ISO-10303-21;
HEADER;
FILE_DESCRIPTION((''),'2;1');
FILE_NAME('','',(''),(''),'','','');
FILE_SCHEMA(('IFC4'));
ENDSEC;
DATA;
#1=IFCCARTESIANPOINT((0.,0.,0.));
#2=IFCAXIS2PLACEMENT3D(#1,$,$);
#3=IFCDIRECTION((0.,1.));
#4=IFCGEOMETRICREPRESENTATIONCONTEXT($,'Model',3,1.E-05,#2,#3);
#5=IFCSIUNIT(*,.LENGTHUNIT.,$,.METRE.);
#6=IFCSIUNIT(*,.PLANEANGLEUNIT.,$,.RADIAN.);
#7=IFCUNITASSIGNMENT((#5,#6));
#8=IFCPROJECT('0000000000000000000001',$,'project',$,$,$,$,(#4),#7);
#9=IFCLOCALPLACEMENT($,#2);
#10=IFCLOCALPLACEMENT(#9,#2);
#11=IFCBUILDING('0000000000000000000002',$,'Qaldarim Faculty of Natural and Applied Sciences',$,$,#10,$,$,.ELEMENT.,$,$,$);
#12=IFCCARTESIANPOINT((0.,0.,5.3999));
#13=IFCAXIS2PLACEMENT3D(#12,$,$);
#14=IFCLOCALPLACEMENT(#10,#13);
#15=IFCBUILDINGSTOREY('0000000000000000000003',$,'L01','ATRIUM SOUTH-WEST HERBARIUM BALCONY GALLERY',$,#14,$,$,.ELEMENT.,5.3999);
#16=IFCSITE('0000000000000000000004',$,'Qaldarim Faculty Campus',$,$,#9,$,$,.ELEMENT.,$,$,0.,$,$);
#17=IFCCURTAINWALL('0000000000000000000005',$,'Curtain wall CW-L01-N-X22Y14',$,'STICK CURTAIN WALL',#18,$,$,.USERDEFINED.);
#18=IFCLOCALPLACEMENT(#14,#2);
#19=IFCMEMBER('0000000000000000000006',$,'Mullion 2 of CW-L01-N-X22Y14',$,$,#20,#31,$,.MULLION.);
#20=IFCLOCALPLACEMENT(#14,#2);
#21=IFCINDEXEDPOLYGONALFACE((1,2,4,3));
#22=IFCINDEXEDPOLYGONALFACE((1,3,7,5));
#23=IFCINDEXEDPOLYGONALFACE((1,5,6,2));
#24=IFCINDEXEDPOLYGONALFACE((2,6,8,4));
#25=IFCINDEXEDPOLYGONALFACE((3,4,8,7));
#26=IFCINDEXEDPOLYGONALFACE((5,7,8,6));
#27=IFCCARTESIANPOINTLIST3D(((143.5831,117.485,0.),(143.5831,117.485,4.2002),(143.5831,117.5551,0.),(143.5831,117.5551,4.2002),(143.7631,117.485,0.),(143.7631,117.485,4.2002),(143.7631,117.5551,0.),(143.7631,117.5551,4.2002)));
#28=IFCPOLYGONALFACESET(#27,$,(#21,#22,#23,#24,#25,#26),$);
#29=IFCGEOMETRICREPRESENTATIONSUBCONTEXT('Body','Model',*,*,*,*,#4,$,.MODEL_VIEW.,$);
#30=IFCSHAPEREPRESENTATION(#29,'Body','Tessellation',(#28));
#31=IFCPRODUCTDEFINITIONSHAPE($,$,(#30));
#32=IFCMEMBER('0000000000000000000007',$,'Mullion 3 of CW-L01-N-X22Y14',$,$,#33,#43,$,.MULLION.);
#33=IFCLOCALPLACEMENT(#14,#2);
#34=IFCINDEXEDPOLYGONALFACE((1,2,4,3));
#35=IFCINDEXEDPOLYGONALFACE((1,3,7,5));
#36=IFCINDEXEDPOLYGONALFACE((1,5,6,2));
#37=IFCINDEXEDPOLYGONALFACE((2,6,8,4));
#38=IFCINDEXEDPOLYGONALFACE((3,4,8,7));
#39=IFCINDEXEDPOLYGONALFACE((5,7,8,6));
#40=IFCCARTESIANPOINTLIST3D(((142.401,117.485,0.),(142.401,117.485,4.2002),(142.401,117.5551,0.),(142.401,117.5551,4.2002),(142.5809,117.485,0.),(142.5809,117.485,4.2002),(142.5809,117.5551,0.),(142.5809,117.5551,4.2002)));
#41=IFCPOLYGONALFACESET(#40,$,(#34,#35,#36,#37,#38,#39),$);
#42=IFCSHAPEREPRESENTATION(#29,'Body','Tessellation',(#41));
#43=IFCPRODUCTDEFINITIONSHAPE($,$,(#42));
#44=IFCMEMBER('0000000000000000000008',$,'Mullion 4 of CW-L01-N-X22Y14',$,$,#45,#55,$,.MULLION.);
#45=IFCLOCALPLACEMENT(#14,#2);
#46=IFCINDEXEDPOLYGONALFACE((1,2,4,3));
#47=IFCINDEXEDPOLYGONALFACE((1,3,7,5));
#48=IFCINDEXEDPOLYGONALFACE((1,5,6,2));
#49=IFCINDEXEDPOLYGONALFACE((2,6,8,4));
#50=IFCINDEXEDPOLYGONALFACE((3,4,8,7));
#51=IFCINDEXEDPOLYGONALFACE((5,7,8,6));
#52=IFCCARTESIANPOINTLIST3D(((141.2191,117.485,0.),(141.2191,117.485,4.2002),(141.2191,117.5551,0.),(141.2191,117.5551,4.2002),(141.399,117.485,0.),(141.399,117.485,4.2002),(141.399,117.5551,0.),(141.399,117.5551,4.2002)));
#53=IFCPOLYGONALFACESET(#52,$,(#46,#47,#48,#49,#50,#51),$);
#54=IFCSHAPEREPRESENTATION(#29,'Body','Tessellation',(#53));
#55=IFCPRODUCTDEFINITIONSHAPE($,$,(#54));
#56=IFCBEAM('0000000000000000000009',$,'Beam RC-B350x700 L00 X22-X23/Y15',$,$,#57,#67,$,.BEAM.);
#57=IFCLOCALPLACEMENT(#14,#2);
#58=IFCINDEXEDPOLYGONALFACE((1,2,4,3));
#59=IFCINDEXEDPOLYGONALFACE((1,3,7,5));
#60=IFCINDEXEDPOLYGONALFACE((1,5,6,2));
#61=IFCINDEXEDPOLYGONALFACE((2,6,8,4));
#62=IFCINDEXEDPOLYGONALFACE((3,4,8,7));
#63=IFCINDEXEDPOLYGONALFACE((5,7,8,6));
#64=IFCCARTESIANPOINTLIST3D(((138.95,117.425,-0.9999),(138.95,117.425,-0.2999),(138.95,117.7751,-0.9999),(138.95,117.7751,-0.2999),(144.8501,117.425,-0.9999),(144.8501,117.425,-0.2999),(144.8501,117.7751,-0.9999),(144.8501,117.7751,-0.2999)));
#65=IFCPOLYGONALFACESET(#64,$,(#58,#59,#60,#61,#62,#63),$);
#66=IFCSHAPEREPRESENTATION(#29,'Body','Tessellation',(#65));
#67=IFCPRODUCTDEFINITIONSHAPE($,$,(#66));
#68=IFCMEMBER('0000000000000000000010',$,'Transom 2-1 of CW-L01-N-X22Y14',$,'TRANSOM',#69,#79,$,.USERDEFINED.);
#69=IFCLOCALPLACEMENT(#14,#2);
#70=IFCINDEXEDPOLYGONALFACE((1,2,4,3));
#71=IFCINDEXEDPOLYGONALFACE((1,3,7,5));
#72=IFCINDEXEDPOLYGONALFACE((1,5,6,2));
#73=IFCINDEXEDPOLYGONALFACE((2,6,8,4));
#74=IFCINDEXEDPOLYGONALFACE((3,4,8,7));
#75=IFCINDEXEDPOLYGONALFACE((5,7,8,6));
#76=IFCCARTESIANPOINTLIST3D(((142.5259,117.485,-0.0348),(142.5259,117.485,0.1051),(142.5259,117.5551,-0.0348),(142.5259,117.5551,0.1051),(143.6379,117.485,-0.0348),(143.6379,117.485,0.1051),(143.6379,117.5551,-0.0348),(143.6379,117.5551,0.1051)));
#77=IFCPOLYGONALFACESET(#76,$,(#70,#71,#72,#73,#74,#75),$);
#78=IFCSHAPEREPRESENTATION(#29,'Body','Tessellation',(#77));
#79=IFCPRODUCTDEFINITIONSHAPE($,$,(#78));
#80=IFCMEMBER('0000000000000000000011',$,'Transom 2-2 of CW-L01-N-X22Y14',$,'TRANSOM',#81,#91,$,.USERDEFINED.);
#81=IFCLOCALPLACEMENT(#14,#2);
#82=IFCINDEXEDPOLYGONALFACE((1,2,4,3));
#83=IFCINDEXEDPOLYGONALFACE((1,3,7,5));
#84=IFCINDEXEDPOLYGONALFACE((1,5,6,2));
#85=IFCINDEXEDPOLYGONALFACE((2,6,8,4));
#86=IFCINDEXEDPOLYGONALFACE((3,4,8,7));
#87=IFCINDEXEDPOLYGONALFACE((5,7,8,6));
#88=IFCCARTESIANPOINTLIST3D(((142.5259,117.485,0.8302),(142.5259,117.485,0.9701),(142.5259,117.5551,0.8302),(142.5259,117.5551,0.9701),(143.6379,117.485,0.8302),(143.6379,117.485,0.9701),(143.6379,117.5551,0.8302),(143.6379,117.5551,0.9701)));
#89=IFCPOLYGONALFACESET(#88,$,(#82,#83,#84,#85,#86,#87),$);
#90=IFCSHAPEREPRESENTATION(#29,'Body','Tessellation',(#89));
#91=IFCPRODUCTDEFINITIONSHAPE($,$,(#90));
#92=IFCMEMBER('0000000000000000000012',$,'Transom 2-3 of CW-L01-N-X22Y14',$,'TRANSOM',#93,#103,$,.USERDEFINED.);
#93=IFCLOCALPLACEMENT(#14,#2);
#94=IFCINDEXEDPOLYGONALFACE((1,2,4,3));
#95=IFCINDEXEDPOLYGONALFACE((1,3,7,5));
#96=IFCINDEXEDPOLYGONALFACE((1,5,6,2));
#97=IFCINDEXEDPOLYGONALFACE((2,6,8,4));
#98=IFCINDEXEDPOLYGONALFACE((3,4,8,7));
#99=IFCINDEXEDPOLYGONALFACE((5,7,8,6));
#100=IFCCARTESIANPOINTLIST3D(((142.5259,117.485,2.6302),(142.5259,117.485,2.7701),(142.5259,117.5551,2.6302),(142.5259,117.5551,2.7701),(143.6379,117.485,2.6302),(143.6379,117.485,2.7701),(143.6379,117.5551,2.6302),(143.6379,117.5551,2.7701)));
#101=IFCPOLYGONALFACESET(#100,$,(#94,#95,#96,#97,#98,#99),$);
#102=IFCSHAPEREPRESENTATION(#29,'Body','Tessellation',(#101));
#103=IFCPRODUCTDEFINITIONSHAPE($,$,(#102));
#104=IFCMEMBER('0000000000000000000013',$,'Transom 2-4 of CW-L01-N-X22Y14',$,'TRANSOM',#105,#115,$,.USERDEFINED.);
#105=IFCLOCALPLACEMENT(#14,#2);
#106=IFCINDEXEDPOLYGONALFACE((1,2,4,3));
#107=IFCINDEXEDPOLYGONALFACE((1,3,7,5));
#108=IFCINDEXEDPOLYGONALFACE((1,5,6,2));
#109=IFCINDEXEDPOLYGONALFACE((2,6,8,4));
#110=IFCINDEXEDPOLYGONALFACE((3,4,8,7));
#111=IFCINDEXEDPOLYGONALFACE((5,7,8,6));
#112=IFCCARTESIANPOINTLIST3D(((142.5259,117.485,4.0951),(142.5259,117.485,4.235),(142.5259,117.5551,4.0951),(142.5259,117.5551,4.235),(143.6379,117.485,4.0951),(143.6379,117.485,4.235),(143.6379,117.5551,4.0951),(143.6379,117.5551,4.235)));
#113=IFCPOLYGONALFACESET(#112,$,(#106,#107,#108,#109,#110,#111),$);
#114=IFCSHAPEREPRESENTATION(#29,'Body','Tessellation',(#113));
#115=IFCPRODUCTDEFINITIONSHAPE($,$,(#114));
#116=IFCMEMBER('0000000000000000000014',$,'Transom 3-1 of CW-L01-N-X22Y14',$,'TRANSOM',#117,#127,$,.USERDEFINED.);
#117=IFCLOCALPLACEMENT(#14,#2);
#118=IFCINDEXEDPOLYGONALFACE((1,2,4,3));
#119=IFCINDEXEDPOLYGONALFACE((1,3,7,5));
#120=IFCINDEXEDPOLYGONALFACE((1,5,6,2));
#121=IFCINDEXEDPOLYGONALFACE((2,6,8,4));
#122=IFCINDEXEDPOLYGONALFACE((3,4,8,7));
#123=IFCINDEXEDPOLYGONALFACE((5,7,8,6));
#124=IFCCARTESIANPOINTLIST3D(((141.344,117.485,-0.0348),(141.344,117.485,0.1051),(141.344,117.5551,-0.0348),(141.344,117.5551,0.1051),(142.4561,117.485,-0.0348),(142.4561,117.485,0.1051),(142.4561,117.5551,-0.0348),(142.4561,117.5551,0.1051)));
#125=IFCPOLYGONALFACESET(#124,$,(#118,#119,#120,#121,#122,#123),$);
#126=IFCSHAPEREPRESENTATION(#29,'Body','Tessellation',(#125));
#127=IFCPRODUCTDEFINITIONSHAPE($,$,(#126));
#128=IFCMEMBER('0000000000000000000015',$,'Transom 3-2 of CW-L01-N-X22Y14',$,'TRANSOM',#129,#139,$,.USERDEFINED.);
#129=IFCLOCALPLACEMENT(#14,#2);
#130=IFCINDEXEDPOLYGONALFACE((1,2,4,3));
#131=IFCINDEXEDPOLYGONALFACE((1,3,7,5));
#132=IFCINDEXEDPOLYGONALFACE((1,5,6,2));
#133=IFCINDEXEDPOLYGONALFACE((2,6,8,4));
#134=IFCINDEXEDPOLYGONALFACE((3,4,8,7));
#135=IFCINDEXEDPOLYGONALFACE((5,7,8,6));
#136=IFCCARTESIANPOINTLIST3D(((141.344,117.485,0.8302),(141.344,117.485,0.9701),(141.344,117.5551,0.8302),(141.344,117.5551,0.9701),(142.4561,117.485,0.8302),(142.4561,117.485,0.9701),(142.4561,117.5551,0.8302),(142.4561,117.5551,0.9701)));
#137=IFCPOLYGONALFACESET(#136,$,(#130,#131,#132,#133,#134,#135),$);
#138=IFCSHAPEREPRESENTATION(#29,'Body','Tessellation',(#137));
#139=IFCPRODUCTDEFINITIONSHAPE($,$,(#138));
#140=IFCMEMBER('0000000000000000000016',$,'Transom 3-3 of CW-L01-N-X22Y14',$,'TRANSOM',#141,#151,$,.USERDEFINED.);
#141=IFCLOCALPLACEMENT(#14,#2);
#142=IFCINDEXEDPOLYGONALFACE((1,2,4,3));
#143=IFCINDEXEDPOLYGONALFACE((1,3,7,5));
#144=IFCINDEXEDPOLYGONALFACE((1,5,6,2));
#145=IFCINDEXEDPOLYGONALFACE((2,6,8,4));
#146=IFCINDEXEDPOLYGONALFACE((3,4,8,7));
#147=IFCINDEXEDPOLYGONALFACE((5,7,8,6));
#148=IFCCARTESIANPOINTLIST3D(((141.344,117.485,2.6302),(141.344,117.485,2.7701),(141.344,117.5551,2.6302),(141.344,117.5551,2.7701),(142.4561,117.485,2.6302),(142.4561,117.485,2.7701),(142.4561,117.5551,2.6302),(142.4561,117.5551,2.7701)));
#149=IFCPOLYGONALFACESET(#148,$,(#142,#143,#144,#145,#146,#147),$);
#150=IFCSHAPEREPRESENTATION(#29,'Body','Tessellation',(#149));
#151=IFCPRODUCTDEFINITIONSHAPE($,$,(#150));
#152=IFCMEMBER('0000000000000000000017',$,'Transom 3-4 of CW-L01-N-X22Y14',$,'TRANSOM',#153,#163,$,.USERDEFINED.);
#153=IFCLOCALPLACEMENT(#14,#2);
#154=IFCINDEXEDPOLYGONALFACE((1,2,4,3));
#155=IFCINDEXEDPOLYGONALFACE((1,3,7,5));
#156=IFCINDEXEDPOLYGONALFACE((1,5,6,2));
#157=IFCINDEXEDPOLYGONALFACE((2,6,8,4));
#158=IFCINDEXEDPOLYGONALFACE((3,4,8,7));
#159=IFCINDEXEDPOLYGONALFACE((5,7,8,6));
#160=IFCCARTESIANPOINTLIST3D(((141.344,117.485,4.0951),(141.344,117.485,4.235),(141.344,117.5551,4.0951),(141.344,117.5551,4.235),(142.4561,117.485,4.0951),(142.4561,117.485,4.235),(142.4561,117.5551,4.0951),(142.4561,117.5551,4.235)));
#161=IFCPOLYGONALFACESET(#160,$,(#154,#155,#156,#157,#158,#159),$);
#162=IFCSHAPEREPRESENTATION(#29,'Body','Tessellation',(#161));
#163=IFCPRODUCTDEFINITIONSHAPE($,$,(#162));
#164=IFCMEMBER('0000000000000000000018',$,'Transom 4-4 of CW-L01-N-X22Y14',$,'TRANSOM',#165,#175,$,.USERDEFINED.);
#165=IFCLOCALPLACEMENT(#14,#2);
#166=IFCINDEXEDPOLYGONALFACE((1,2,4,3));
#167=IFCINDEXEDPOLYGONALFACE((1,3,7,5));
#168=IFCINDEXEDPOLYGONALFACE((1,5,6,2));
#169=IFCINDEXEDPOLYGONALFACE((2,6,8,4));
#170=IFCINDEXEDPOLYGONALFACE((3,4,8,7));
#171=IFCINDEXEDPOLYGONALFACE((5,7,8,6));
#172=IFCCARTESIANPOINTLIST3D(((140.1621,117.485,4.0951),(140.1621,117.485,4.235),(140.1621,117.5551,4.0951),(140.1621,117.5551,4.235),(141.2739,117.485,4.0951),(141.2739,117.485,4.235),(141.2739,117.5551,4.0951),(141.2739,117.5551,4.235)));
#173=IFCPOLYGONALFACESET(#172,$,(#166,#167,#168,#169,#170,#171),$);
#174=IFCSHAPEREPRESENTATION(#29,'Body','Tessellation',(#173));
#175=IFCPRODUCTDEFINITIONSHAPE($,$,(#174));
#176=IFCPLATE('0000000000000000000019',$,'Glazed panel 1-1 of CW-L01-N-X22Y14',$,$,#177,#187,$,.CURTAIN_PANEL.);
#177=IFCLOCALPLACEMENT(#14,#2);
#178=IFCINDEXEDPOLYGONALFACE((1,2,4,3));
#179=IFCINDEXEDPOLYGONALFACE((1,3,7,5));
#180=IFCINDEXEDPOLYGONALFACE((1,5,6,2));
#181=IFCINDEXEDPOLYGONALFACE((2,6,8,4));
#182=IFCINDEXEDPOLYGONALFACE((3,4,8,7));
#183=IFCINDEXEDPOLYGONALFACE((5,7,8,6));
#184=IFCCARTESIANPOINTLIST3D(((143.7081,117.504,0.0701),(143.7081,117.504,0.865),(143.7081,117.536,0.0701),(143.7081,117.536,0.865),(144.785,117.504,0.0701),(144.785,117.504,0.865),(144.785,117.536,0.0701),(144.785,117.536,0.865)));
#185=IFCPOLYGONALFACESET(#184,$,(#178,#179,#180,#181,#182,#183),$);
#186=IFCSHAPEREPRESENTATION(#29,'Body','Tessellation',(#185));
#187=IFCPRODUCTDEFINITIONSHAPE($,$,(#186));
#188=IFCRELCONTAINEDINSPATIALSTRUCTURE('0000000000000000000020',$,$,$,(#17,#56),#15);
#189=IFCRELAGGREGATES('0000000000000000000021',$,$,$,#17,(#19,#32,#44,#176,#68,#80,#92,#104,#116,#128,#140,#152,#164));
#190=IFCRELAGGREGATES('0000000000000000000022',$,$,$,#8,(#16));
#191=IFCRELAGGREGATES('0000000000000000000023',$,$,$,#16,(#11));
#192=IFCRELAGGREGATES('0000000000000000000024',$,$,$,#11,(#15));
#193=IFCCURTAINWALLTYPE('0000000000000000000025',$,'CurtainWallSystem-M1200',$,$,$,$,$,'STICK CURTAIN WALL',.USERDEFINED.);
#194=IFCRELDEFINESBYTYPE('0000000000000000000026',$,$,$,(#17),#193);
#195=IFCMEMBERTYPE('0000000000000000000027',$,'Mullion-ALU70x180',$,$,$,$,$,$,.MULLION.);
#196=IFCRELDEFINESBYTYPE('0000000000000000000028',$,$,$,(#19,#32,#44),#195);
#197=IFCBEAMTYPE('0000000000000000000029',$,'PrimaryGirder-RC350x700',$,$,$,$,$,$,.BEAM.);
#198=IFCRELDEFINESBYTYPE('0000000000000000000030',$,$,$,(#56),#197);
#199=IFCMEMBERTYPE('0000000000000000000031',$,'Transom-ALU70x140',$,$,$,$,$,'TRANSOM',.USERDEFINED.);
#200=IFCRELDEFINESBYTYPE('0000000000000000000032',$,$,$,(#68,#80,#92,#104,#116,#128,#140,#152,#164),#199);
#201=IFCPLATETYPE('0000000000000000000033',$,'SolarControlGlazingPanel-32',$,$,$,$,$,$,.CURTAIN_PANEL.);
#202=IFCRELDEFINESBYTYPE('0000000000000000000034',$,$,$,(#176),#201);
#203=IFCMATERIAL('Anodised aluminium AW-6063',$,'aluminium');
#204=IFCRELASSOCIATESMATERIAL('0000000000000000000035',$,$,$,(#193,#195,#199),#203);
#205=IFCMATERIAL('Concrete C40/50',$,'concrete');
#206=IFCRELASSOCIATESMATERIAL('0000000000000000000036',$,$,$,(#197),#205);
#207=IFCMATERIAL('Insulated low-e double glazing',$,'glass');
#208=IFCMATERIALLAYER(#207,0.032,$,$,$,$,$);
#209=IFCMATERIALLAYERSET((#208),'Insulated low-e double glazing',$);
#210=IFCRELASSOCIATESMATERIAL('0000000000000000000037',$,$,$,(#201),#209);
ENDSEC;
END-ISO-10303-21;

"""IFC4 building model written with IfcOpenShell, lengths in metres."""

from ifc_helpers import new_model, si_unit, direction, frame, origin, origin_2d, place, context, subcontext, project, spatial, rectangle, extrude, material, layer, layer_set, material_profile, profile_set, type_object, element, aggregate, save


model = new_model("IFC4")

# Units and contexts
model_context = context("Model", 3, precision=1e-05, world=origin(), true_north=direction((0.0, 1.0)))
body_context = subcontext(model_context, "Body", "Model", "MODEL_VIEW")
ifc_project = project(units=[si_unit("LENGTHUNIT", "METRE"), si_unit("PLANEANGLEUNIT", "RADIAN")], contexts=[model_context])

# Site, building, storey
site_placement = place(None, origin())
site = spatial("IfcSite", under=ifc_project, at=site_placement, Name="Qaldarim Faculty Campus", CompositionType="ELEMENT", RefElevation=0.0)
building_placement = place(site_placement, origin())
building = spatial("IfcBuilding", under=site, at=building_placement, Name="Qaldarim Faculty of Natural and Applied Sciences", CompositionType="ELEMENT")
storey_placement = place(building_placement, frame((0.0, 0.0, 5.3999)))
storey = spatial("IfcBuildingStorey", under=building, at=storey_placement, Name="L01", Description="ATRIUM SOUTH-WEST HERBARIUM BALCONY GALLERY", CompositionType="ELEMENT", Elevation=5.3999)

# Curtain wall, members
ifc_material_1 = material(Name="Anodised aluminium AW-6063", Category="aluminium")
curtain_wall_type = type_object("IfcCurtainWallType", Name="CurtainWallSystem-M1200", ElementType="STICK CURTAIN WALL", PredefinedType="USERDEFINED", material=ifc_material_1)
curtain_wall_placement = place(storey_placement, origin())
curtain_wall = element("IfcCurtainWall", 1, at=curtain_wall_placement, inside=storey, type_object=curtain_wall_type, Name="Curtain wall CW-L01-N-X22Y14", ObjectType="STICK CURTAIN WALL", PredefinedType="USERDEFINED")
ifc_material_profile_1 = material_profile(ifc_material_1, rectangle(XDim=0.0701, YDim=0.1799, at=origin_2d()), Name="ALU-M70x180")
ifc_profile_set_1 = profile_set([ifc_material_profile_1], Name="Anodised aluminium AW-6063")
member_type_1 = type_object("IfcMemberType", Name="Mullion-ALU70x180", PredefinedType="MULLION", material=ifc_profile_set_1)
member_1_placement = place(storey_placement, frame((143.6731, 117.52, 0.0), z_axis=(0.0, 0.0, 1.0), x_axis=(0.0, -1.0, 0.0)))
member_1 = element("IfcMember", 2, at=member_1_placement, type_object=member_type_1, Name="Mullion 2 of CW-L01-N-X22Y14", PredefinedType="MULLION", context=body_context, shape_type="SweptSolid", body=[
    extrude(rectangle(XDim=0.0701, YDim=0.1799, at=origin_2d()), origin(), (0.0, 0.0, 1.0), 4.2002),
])
member_2_placement = place(storey_placement, frame((142.491, 117.52, 0.0), z_axis=(0.0, 0.0, 1.0), x_axis=(0.0, -1.0, 0.0)))
member_2 = element("IfcMember", 3, at=member_2_placement, type_object=member_type_1, Name="Mullion 3 of CW-L01-N-X22Y14", PredefinedType="MULLION", context=body_context, shape_type="SweptSolid", body=[
    extrude(rectangle(XDim=0.0701, YDim=0.1799, at=origin_2d()), origin(), (0.0, 0.0, 1.0), 4.2002),
])
member_3_placement = place(storey_placement, frame((141.3091, 117.52, 0.0), z_axis=(0.0, 0.0, 1.0), x_axis=(0.0, -1.0, 0.0)))
member_3 = element("IfcMember", 4, at=member_3_placement, type_object=member_type_1, Name="Mullion 4 of CW-L01-N-X22Y14", PredefinedType="MULLION", context=body_context, shape_type="SweptSolid", body=[
    extrude(rectangle(XDim=0.0701, YDim=0.1799, at=origin_2d()), origin(), (0.0, 0.0, 1.0), 4.2002),
])

# Beam
ifc_material_2 = material(Name="Concrete C40/50", Category="concrete")
ifc_material_profile_2 = material_profile(ifc_material_2, rectangle(XDim=0.3501, YDim=0.7, at=origin_2d()), Name="RC-B350x700")
ifc_profile_set_2 = profile_set([ifc_material_profile_2], Name="Concrete C40/50")
beam_type = type_object("IfcBeamType", Name="PrimaryGirder-RC350x700", PredefinedType="BEAM", material=ifc_profile_set_2)
beam_placement = place(storey_placement, frame((138.95, 117.6001, -0.6499), z_axis=(1.0, 0.0, 0.0), x_axis=(0.0, 1.0, 0.0)))
element("IfcBeam", 5, at=beam_placement, inside=storey, type_object=beam_type, Name="Beam RC-B350x700 L00 X22-X23/Y15", PredefinedType="BEAM", context=body_context, shape_type="SweptSolid", body=[
    extrude(rectangle(XDim=0.3501, YDim=0.7, at=origin_2d()), origin(), (0.0, 0.0, 1.0), 5.9001),
])

# Members
ifc_material_profile_3 = material_profile(ifc_material_1, rectangle(XDim=0.0701, YDim=0.1399, at=origin_2d()), Name="ALU-T70x140")
ifc_profile_set_3 = profile_set([ifc_material_profile_3], Name="Anodised aluminium AW-6063")
member_type_2 = type_object("IfcMemberType", Name="Transom-ALU70x140", ElementType="TRANSOM", PredefinedType="USERDEFINED", material=ifc_profile_set_3)
member_4_placement = place(storey_placement, frame((143.6379, 117.52, 0.0352), z_axis=(-1.0, 0.0, 0.0), x_axis=(0.0, -1.0, 0.0)))
member_4 = element("IfcMember", 6, at=member_4_placement, type_object=member_type_2, Name="Transom 2-1 of CW-L01-N-X22Y14", ObjectType="TRANSOM", PredefinedType="USERDEFINED", context=body_context, shape_type="SweptSolid", body=[
    extrude(rectangle(XDim=0.0701, YDim=0.1399, at=origin_2d()), origin(), (0.0, 0.0, 1.0), 1.1121),
])
member_5_placement = place(storey_placement, frame((143.6379, 117.52, 0.9001), z_axis=(-1.0, 0.0, 0.0), x_axis=(0.0, -1.0, 0.0)))
member_5 = element("IfcMember", 7, at=member_5_placement, type_object=member_type_2, Name="Transom 2-2 of CW-L01-N-X22Y14", ObjectType="TRANSOM", PredefinedType="USERDEFINED", context=body_context, shape_type="SweptSolid", body=[
    extrude(rectangle(XDim=0.0701, YDim=0.1399, at=origin_2d()), origin(), (0.0, 0.0, 1.0), 1.1121),
])
member_6_placement = place(storey_placement, frame((143.6379, 117.52, 2.7002), z_axis=(-1.0, 0.0, 0.0), x_axis=(0.0, -1.0, 0.0)))
member_6 = element("IfcMember", 8, at=member_6_placement, type_object=member_type_2, Name="Transom 2-3 of CW-L01-N-X22Y14", ObjectType="TRANSOM", PredefinedType="USERDEFINED", context=body_context, shape_type="SweptSolid", body=[
    extrude(rectangle(XDim=0.0701, YDim=0.1399, at=origin_2d()), origin(), (0.0, 0.0, 1.0), 1.1121),
])
member_7_placement = place(storey_placement, frame((143.6379, 117.52, 4.165), z_axis=(-1.0, 0.0, 0.0), x_axis=(0.0, -1.0, 0.0)))
member_7 = element("IfcMember", 9, at=member_7_placement, type_object=member_type_2, Name="Transom 2-4 of CW-L01-N-X22Y14", ObjectType="TRANSOM", PredefinedType="USERDEFINED", context=body_context, shape_type="SweptSolid", body=[
    extrude(rectangle(XDim=0.0701, YDim=0.1399, at=origin_2d()), origin(), (0.0, 0.0, 1.0), 1.1121),
])
member_8_placement = place(storey_placement, frame((142.4561, 117.52, 0.0352), z_axis=(-1.0, 0.0, 0.0), x_axis=(0.0, -1.0, 0.0)))
member_8 = element("IfcMember", 10, at=member_8_placement, type_object=member_type_2, Name="Transom 3-1 of CW-L01-N-X22Y14", ObjectType="TRANSOM", PredefinedType="USERDEFINED", context=body_context, shape_type="SweptSolid", body=[
    extrude(rectangle(XDim=0.0701, YDim=0.1399, at=origin_2d()), origin(), (0.0, 0.0, 1.0), 1.1121),
])
member_9_placement = place(storey_placement, frame((142.4561, 117.52, 0.9001), z_axis=(-1.0, 0.0, 0.0), x_axis=(0.0, -1.0, 0.0)))
member_9 = element("IfcMember", 11, at=member_9_placement, type_object=member_type_2, Name="Transom 3-2 of CW-L01-N-X22Y14", ObjectType="TRANSOM", PredefinedType="USERDEFINED", context=body_context, shape_type="SweptSolid", body=[
    extrude(rectangle(XDim=0.0701, YDim=0.1399, at=origin_2d()), origin(), (0.0, 0.0, 1.0), 1.1121),
])
member_10_placement = place(storey_placement, frame((142.4561, 117.52, 2.7002), z_axis=(-1.0, 0.0, 0.0), x_axis=(0.0, -1.0, 0.0)))
member_10 = element("IfcMember", 12, at=member_10_placement, type_object=member_type_2, Name="Transom 3-3 of CW-L01-N-X22Y14", ObjectType="TRANSOM", PredefinedType="USERDEFINED", context=body_context, shape_type="SweptSolid", body=[
    extrude(rectangle(XDim=0.0701, YDim=0.1399, at=origin_2d()), origin(), (0.0, 0.0, 1.0), 1.1121),
])
member_11_placement = place(storey_placement, frame((142.4561, 117.52, 4.165), z_axis=(-1.0, 0.0, 0.0), x_axis=(0.0, -1.0, 0.0)))
member_11 = element("IfcMember", 13, at=member_11_placement, type_object=member_type_2, Name="Transom 3-4 of CW-L01-N-X22Y14", ObjectType="TRANSOM", PredefinedType="USERDEFINED", context=body_context, shape_type="SweptSolid", body=[
    extrude(rectangle(XDim=0.0701, YDim=0.1399, at=origin_2d()), origin(), (0.0, 0.0, 1.0), 1.1121),
])
member_12_placement = place(storey_placement, frame((141.2739, 117.52, 4.165), z_axis=(-1.0, 0.0, 0.0), x_axis=(0.0, -1.0, 0.0)))
member_12 = element("IfcMember", 14, at=member_12_placement, type_object=member_type_2, Name="Transom 4-4 of CW-L01-N-X22Y14", ObjectType="TRANSOM", PredefinedType="USERDEFINED", context=body_context, shape_type="SweptSolid", body=[
    extrude(rectangle(XDim=0.0701, YDim=0.1399, at=origin_2d()), origin(), (0.0, 0.0, 1.0), 1.1118),
])

# Plate
ifc_material_3 = material(Name="Insulated low-e double glazing", Category="glass")
ifc_layer_1 = layer(ifc_material_3, 0.032)
ifc_layer_set_1 = layer_set([ifc_layer_1], Name="Insulated low-e double glazing")
plate_type = type_object("IfcPlateType", Name="SolarControlGlazingPanel-32", PredefinedType="CURTAIN_PANEL", material=ifc_layer_set_1)
plate_1_placement = place(storey_placement, frame((144.2466, 117.52, 0.0701), z_axis=(0.0, 0.0, 1.0), x_axis=(-1.0, 0.0, 0.0)))
plate_1 = element("IfcPlate", 15, at=plate_1_placement, type_object=plate_type, Name="Glazed panel 1-1 of CW-L01-N-X22Y14", PredefinedType="CURTAIN_PANEL", context=body_context, shape_type="SweptSolid", body=[
    extrude(rectangle(XDim=1.0769, YDim=0.032, at=origin_2d()), origin(), (0.0, 0.0, 1.0), 0.7949),
])
aggregate(curtain_wall, [member_1, member_2, member_3, plate_1, member_4, member_5, member_6, member_7, member_8, member_9, member_10, member_11, member_12])

save(model, "model.ifc")
